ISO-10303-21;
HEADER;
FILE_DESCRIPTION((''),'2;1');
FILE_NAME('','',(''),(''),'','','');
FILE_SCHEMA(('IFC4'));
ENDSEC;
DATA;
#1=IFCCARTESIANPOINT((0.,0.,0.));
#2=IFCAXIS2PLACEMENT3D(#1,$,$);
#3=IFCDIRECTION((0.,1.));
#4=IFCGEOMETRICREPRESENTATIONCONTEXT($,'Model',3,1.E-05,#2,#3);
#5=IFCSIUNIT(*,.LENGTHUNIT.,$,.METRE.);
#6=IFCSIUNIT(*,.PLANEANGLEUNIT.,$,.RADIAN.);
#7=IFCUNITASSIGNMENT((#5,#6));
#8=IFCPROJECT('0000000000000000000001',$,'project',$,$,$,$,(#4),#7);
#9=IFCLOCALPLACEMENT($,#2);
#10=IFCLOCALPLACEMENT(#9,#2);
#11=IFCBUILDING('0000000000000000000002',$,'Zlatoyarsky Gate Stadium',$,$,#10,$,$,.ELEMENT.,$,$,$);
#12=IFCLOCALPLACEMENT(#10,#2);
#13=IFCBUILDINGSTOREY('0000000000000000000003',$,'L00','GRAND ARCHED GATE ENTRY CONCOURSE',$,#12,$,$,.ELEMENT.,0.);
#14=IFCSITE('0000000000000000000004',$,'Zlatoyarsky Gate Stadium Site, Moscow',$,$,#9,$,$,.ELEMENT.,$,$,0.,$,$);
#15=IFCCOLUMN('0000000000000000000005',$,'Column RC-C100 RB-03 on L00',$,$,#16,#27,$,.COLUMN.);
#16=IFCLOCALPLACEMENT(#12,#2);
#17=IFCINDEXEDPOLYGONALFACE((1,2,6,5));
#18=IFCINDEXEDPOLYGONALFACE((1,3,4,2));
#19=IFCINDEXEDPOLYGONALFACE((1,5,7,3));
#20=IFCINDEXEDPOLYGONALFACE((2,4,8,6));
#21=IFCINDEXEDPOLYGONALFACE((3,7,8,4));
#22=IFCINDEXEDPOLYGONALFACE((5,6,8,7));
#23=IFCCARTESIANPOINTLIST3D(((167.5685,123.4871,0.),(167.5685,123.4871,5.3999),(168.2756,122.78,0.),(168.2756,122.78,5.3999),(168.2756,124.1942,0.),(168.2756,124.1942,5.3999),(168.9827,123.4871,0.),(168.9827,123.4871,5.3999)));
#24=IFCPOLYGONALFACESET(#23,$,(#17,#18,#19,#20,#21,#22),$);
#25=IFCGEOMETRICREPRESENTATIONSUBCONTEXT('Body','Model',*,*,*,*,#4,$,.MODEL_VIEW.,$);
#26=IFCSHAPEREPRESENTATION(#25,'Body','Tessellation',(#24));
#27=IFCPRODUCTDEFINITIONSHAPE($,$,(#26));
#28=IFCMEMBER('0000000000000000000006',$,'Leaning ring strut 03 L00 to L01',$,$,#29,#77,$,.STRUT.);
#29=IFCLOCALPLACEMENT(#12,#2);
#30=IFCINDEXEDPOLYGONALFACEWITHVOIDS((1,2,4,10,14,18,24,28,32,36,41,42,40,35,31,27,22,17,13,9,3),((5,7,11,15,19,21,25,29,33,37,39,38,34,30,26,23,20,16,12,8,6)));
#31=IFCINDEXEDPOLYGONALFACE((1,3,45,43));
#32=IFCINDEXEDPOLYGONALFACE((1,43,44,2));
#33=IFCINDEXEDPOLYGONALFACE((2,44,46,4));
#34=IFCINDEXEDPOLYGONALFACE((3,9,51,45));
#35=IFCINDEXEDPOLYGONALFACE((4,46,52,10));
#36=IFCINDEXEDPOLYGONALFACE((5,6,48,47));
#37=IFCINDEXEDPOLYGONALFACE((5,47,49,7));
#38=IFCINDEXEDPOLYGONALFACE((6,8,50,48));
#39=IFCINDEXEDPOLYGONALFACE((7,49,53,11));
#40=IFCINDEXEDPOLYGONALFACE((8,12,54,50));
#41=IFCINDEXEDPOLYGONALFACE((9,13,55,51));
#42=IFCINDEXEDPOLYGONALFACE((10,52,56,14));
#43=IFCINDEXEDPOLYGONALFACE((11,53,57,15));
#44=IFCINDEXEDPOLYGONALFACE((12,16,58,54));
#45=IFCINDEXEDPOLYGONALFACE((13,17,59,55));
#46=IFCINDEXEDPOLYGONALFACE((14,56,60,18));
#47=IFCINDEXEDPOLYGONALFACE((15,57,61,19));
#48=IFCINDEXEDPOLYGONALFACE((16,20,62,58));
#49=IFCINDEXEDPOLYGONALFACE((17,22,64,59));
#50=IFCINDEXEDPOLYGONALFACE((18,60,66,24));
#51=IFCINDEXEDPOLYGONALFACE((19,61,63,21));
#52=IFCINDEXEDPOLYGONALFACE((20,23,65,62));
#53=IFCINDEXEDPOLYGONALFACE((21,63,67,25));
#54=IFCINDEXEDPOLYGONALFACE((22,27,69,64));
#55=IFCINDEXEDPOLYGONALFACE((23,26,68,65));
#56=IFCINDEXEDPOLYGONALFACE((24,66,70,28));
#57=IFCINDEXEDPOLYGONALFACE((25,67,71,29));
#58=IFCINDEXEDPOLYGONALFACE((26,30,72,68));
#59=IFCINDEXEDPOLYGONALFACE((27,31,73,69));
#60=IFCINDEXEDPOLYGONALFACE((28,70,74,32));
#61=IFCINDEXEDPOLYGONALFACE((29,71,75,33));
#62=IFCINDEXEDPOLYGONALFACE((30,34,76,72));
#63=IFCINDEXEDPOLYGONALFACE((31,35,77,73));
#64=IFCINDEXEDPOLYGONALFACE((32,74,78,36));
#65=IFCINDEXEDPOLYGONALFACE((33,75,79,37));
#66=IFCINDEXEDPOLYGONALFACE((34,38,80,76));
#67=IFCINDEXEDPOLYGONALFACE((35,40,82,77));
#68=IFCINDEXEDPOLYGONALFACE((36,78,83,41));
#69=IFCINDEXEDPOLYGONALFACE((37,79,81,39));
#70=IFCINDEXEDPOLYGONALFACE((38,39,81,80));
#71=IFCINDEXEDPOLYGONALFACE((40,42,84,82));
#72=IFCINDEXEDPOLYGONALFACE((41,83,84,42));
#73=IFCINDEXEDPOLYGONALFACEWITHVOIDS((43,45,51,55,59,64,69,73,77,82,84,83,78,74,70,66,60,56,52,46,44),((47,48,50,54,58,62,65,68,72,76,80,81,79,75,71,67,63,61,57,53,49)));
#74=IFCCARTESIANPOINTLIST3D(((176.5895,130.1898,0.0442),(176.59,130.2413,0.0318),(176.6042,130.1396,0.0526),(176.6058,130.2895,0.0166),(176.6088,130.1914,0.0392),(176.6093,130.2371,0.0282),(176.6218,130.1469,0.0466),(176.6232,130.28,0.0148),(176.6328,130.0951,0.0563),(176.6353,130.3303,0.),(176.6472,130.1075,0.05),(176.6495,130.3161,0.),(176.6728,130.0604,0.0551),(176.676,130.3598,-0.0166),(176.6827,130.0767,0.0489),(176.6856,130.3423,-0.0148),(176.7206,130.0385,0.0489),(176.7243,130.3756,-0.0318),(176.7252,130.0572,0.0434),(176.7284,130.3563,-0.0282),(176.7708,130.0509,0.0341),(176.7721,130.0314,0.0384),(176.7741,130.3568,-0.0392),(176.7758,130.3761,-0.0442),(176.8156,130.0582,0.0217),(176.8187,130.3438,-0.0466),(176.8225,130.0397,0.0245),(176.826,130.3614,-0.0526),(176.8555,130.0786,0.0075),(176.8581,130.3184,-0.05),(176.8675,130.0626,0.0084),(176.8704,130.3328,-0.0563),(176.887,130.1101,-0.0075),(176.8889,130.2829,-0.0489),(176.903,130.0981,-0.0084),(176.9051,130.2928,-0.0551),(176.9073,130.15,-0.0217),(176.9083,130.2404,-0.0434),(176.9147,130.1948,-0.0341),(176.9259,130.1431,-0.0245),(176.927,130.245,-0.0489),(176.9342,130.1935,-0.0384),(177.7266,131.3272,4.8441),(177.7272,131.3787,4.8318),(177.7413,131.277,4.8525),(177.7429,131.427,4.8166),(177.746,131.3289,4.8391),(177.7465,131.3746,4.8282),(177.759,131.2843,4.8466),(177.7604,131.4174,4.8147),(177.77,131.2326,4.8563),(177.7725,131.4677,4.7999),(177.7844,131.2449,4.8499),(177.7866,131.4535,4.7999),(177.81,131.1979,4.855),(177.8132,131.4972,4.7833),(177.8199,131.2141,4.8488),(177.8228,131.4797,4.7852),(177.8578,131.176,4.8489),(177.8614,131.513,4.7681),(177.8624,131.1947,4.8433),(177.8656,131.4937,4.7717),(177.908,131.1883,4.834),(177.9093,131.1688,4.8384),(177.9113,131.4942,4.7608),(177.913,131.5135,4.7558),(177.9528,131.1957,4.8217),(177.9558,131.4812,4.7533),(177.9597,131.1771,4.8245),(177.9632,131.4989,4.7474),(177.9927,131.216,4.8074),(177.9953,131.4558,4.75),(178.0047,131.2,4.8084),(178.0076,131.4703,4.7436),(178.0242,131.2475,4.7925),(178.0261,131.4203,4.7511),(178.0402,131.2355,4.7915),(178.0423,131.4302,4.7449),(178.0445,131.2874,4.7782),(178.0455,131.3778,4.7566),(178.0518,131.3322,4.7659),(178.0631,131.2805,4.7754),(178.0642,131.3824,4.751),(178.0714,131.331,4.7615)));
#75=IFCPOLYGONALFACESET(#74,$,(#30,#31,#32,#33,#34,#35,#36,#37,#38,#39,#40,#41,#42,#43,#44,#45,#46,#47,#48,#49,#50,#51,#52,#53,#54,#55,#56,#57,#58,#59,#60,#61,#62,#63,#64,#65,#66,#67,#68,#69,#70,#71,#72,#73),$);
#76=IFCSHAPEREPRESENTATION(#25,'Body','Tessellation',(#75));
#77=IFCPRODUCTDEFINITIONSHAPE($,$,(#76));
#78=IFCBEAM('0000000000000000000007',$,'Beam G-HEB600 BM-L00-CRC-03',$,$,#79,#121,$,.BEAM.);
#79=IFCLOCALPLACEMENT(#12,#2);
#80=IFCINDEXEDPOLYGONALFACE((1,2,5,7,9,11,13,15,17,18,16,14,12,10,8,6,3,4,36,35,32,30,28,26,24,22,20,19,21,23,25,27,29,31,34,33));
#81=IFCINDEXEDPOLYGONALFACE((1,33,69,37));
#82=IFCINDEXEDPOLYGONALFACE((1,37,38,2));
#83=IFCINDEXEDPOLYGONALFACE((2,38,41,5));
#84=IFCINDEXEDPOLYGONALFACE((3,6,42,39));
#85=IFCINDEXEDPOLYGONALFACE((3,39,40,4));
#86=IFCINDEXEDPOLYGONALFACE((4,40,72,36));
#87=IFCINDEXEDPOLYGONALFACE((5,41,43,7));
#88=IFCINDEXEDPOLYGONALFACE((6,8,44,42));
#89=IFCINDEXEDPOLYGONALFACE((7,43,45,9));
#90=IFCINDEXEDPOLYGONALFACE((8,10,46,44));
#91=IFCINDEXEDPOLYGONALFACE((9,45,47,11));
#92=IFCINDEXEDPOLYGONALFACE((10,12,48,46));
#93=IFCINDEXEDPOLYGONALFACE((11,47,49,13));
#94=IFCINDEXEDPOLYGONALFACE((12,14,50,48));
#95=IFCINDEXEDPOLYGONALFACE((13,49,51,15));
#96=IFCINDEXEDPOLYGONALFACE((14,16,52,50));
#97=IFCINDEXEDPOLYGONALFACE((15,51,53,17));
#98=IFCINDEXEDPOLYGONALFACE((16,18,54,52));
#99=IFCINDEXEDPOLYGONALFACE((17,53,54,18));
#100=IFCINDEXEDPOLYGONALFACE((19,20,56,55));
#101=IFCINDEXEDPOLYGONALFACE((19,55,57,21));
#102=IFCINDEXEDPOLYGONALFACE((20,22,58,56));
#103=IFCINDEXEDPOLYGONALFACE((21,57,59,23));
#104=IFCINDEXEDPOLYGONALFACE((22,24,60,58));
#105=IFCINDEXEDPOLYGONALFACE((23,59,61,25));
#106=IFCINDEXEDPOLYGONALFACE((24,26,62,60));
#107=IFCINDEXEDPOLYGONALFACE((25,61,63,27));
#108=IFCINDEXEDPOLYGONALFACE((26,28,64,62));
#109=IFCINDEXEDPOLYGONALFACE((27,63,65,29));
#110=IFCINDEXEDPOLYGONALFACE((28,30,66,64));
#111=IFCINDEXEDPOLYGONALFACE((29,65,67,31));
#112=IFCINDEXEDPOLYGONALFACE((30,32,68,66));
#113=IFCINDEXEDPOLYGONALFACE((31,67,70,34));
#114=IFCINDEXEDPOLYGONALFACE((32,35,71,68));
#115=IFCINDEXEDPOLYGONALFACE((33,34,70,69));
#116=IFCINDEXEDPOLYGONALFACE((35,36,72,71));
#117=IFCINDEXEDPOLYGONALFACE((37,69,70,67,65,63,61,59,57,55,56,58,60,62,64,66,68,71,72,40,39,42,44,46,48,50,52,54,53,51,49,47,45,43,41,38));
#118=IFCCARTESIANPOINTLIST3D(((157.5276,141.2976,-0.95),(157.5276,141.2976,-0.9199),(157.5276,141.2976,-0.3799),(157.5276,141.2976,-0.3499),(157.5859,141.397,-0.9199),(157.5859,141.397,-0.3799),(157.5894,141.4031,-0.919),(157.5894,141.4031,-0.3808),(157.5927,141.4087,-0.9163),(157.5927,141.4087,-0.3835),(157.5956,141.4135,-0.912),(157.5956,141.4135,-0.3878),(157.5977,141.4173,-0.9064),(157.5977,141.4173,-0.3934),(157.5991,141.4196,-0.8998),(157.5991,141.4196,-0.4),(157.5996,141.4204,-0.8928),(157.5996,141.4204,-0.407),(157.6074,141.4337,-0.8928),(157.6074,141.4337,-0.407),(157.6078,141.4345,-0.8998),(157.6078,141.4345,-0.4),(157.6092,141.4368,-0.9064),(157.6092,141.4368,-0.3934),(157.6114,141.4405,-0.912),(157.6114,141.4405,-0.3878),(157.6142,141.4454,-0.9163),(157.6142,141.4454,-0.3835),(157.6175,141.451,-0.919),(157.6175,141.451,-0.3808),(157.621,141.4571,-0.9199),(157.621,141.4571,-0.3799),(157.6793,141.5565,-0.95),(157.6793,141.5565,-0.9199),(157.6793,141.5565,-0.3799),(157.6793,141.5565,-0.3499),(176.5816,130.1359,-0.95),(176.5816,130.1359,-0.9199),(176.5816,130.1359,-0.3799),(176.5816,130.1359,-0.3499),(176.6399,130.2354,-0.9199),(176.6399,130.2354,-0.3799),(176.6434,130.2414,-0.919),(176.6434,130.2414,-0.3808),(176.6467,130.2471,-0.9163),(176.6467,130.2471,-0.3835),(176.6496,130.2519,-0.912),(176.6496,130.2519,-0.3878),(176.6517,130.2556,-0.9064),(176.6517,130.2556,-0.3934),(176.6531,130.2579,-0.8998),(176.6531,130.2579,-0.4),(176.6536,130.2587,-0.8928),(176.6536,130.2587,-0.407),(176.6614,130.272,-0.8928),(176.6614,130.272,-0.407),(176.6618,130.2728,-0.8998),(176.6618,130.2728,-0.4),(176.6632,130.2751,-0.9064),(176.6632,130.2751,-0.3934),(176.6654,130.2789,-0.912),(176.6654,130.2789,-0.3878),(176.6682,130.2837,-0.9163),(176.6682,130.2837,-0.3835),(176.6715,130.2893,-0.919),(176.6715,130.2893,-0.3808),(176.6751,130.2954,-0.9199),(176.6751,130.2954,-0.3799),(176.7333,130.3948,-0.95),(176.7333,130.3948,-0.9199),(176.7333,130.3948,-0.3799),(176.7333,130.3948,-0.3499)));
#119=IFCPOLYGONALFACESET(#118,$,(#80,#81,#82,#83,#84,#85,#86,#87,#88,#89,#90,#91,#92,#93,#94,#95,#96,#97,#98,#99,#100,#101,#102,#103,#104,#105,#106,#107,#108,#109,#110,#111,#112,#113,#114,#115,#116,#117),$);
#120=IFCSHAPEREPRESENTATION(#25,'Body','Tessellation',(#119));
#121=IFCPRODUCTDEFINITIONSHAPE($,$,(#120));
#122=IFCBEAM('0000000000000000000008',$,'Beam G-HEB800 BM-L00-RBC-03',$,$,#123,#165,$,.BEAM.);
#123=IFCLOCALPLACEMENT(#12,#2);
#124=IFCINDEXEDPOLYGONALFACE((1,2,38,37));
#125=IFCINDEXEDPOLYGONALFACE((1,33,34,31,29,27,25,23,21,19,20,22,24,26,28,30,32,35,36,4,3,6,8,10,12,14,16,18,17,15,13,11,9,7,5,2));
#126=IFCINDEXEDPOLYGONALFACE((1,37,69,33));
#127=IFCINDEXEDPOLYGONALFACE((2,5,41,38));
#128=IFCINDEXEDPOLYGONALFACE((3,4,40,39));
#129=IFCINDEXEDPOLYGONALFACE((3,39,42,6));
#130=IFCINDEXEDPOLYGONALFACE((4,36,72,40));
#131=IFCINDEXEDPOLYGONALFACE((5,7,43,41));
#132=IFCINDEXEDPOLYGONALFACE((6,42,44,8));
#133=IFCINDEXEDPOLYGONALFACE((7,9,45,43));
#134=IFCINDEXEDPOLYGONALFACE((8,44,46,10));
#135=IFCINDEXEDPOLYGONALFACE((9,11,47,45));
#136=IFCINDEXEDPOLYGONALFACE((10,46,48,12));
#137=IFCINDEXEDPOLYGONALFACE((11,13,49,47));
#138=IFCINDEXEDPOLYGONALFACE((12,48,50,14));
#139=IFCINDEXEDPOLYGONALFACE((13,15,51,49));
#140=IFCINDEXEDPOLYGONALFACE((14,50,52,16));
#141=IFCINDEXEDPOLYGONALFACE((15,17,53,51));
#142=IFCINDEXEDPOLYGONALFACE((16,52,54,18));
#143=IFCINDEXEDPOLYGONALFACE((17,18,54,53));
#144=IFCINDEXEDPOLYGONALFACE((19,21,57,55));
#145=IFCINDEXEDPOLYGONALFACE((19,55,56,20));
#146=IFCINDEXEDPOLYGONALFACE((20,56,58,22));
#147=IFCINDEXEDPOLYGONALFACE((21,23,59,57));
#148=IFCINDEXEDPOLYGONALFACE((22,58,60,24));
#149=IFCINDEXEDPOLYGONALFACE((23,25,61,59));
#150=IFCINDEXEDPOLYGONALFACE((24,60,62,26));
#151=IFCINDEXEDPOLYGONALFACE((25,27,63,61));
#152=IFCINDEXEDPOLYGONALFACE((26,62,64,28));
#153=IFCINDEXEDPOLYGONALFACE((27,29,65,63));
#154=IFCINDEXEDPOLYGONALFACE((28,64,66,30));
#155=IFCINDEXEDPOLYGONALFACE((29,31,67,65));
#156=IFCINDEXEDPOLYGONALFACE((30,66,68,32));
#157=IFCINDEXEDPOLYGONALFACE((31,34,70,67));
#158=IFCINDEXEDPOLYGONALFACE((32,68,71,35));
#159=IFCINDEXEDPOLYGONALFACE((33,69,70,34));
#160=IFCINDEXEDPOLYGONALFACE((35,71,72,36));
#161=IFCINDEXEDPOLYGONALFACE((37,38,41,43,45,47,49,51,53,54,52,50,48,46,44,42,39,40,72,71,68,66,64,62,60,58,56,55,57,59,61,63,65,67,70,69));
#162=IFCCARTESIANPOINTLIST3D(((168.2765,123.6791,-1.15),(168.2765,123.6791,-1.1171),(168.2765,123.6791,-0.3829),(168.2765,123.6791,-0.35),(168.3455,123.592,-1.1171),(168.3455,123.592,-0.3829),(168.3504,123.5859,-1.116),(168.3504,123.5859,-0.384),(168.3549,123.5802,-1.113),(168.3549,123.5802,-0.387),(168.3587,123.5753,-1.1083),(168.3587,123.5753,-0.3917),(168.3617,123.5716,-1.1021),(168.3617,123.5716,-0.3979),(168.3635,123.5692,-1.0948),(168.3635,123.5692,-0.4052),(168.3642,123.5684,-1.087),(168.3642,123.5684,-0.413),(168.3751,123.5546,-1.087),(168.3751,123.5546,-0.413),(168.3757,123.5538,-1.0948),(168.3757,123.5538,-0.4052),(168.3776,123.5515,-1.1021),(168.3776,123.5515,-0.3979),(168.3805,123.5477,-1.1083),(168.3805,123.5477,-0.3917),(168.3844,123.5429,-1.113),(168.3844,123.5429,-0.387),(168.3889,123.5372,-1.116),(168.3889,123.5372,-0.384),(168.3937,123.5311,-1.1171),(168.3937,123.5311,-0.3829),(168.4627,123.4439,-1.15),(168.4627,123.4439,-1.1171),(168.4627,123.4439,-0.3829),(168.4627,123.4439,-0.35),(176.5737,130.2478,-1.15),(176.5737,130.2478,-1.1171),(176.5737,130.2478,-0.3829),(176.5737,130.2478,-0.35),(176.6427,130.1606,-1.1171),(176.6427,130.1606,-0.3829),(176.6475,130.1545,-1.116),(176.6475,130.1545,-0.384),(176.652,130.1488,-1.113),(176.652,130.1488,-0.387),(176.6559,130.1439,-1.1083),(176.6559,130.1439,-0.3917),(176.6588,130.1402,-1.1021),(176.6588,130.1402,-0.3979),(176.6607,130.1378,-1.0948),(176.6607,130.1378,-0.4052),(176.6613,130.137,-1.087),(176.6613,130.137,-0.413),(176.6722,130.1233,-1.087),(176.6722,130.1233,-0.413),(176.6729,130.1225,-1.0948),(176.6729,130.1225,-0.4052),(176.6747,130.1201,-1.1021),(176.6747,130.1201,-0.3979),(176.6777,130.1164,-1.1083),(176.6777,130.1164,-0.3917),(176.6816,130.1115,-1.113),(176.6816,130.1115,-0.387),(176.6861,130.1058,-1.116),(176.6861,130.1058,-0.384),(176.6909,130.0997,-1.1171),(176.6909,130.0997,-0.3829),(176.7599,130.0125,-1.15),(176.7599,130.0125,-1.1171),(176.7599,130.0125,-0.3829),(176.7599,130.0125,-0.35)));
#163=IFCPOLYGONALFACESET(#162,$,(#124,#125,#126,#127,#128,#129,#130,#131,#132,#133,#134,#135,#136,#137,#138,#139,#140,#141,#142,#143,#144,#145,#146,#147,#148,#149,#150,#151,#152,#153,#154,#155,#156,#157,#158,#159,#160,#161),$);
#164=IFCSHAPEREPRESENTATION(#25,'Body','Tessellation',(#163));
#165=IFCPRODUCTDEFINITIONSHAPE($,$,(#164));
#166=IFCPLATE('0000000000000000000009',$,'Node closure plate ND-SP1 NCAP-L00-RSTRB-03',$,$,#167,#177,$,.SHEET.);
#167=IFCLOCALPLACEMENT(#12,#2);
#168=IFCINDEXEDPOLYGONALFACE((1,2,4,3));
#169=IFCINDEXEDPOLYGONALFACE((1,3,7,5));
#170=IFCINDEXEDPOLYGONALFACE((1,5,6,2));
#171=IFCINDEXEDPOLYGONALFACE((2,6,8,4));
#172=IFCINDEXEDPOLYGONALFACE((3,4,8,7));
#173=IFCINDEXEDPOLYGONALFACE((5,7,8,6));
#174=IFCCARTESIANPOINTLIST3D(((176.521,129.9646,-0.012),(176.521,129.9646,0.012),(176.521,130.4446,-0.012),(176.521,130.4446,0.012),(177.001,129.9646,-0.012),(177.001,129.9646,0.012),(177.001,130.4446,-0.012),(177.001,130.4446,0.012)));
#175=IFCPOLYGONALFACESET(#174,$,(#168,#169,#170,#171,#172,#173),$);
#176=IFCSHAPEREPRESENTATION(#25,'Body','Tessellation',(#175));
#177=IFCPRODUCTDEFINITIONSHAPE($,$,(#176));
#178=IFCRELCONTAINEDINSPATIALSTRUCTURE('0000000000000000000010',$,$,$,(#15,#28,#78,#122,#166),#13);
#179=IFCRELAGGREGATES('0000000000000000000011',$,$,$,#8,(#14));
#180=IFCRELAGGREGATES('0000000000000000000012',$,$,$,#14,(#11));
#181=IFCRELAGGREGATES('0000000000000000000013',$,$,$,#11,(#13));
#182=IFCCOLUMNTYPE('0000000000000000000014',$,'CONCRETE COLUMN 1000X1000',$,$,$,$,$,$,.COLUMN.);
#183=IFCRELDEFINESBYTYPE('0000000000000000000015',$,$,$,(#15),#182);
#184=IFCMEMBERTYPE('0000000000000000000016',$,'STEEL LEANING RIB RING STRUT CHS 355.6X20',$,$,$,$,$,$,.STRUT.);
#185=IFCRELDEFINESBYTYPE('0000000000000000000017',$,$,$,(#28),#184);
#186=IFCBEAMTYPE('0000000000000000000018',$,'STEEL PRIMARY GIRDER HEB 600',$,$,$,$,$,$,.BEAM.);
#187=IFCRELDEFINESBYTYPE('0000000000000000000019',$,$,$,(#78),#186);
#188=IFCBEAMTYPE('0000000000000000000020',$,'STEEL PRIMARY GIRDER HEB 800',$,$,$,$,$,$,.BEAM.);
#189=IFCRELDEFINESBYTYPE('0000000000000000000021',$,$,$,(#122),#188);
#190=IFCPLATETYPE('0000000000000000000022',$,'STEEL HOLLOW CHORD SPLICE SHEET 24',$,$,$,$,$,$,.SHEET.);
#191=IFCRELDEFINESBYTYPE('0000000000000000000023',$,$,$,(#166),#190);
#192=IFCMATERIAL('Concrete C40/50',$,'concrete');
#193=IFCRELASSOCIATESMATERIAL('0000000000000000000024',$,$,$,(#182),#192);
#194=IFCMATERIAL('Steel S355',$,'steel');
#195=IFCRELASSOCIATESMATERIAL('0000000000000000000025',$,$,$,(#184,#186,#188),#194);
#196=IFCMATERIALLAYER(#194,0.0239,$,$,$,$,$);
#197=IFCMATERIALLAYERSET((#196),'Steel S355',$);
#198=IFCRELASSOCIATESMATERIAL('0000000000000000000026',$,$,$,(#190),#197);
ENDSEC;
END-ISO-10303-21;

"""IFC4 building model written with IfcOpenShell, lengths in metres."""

from ifc_helpers import new_model, si_unit, direction, frame, origin, origin_2d, place, context, subcontext, project, spatial, rectangle, hollow_circle, i_section, extrude, material, layer, layer_set, material_profile, profile_set, type_object, element, save


model = new_model("IFC4")

# Units and contexts
model_context = context("Model", 3, precision=1e-05, world=origin(), true_north=direction((0.0, 1.0)))
body_context = subcontext(model_context, "Body", "Model", "MODEL_VIEW")
ifc_project = project(units=[si_unit("LENGTHUNIT", "METRE"), si_unit("PLANEANGLEUNIT", "RADIAN")], contexts=[model_context])

# Site, building, storey
site_placement = place(None, origin())
site = spatial("IfcSite", under=ifc_project, at=site_placement, Name="Zlatoyarsky Gate Stadium Site, Moscow", CompositionType="ELEMENT", RefElevation=0.0)
building_placement = place(site_placement, origin())
building = spatial("IfcBuilding", under=site, at=building_placement, Name="Zlatoyarsky Gate Stadium", CompositionType="ELEMENT")
storey_placement = place(building_placement, origin())
storey = spatial("IfcBuildingStorey", under=building, at=storey_placement, Name="L00", Description="GRAND ARCHED GATE ENTRY CONCOURSE", CompositionType="ELEMENT", Elevation=0.0)

# Column
ifc_material_1 = material(Name="Concrete C40/50", Category="concrete")
ifc_material_profile_1 = material_profile(ifc_material_1, rectangle(XDim=1.0, YDim=1.0, at=origin_2d()), Name="RC COL 1000X1000")
ifc_profile_set_1 = profile_set([ifc_material_profile_1], Name="Concrete C40/50")
column_type_1 = type_object("IfcColumnType", Name="CONCRETE COLUMN 1000X1000", PredefinedType="COLUMN", material=ifc_profile_set_1)
column_1_placement = place(storey_placement, frame((168.2756, 123.4871, 0.0), z_axis=(0.0, 0.0, 1.0), x_axis=(0.707107, 0.707107, 0.0)))
element("IfcColumn", 1, at=column_1_placement, inside=storey, type_object=column_type_1, Name="Column RC-C100 RB-03 on L00", PredefinedType="COLUMN", context=body_context, shape_type="SweptSolid", body=[
    extrude(rectangle(XDim=1.0, YDim=1.0, at=origin_2d()), origin(), (0.0, 0.0, 1.0), 5.3999),
])

# Member
ifc_material_2 = material(Name="Steel S355", Category="steel")
ifc_material_profile_2 = material_profile(ifc_material_2, hollow_circle(Radius=0.1777, WallThickness=0.02, at=origin_2d()), Name="CHS 355.6X20")
ifc_profile_set_2 = profile_set([ifc_material_profile_2], Name="Steel S355")
member_type = type_object("IfcMemberType", Name="STEEL LEANING RIB RING STRUT CHS 355.6X20", PredefinedType="STRUT", material=ifc_profile_set_2)
member_placement = place(storey_placement, frame((176.761, 130.2046, 0.0), z_axis=(0.22464, 0.224688, 0.948184), x_axis=(-0.707183, 0.707031, 0.0)))
element("IfcMember", 2, at=member_placement, inside=storey, type_object=member_type, Name="Leaning ring strut 03 L00 to L01", PredefinedType="STRUT", context=body_context, shape_type="SweptSolid", body=[
    extrude(hollow_circle(Radius=0.1777, WallThickness=0.02, at=origin_2d()), origin(), (0.0, 0.0, 1.0), 5.0623),
])

# Beams
ifc_material_profile_3 = material_profile(ifc_material_2, i_section(OverallWidth=0.3, OverallDepth=0.6001, WebThickness=0.0154, FlangeThickness=0.03, FilletRadius=0.0271, at=origin_2d()), Name="HEB 600")
ifc_profile_set_3 = profile_set([ifc_material_profile_3], Name="Steel S355")
beam_type_1 = type_object("IfcBeamType", Name="STEEL PRIMARY GIRDER HEB 600", PredefinedType="BEAM", material=ifc_profile_set_3)
beam_1_placement = place(storey_placement, frame((176.6575, 130.2654, -0.6499), z_axis=(-0.862855, 0.505452, 0.0), x_axis=(-0.505452, -0.862855, 0.0)))
element("IfcBeam", 3, at=beam_1_placement, inside=storey, type_object=beam_type_1, Name="Beam G-HEB600 BM-L00-CRC-03", PredefinedType="BEAM", context=body_context, shape_type="SweptSolid", body=[
    extrude(i_section(OverallWidth=0.3, OverallDepth=0.6001, WebThickness=0.0154, FlangeThickness=0.03, FilletRadius=0.0271, at=origin_2d()), origin(), (0.0, 0.0, 1.0), 22.0825),
])
ifc_material_profile_4 = material_profile(ifc_material_2, i_section(OverallWidth=0.3, OverallDepth=0.8, WebThickness=0.0176, FlangeThickness=0.033, FilletRadius=0.03, at=origin_2d()), Name="HEB 800")
ifc_profile_set_4 = profile_set([ifc_material_profile_4], Name="Steel S355")
beam_type_2 = type_object("IfcBeamType", Name="STEEL PRIMARY GIRDER HEB 800", PredefinedType="BEAM", material=ifc_profile_set_4)
beam_2_placement = place(storey_placement, frame((168.3696, 123.5615, -0.75), z_axis=(0.784043, 0.620706, 0.0), x_axis=(-0.620706, 0.784043, 0.0)))
element("IfcBeam", 4, at=beam_2_placement, inside=storey, type_object=beam_type_2, Name="Beam G-HEB800 BM-L00-RBC-03", PredefinedType="BEAM", context=body_context, shape_type="SweptSolid", body=[
    extrude(i_section(OverallWidth=0.3, OverallDepth=0.8, WebThickness=0.0176, FlangeThickness=0.033, FilletRadius=0.03, at=origin_2d()), origin(), (0.0, 0.0, 1.0), 10.5825),
])

# Plate
ifc_layer_1 = layer(ifc_material_2, 0.0239)
ifc_layer_set_1 = layer_set([ifc_layer_1], Name="Steel S355")
plate_type = type_object("IfcPlateType", Name="STEEL HOLLOW CHORD SPLICE SHEET 24", PredefinedType="SHEET", material=ifc_layer_set_1)
plate_placement = place(storey_placement, frame((176.761, 130.2046, -0.012), z_axis=(0.0, 0.0, 1.0), x_axis=(1.0, 0.0, 0.0)))
element("IfcPlate", 5, at=plate_placement, inside=storey, type_object=plate_type, Name="Node closure plate ND-SP1 NCAP-L00-RSTRB-03", PredefinedType="SHEET", context=body_context, shape_type="SweptSolid", body=[
    extrude(rectangle(XDim=0.48, YDim=0.48, at=origin_2d()), origin(), (0.0, 0.0, 1.0), 0.0239),
])

save(model, "model.ifc")
